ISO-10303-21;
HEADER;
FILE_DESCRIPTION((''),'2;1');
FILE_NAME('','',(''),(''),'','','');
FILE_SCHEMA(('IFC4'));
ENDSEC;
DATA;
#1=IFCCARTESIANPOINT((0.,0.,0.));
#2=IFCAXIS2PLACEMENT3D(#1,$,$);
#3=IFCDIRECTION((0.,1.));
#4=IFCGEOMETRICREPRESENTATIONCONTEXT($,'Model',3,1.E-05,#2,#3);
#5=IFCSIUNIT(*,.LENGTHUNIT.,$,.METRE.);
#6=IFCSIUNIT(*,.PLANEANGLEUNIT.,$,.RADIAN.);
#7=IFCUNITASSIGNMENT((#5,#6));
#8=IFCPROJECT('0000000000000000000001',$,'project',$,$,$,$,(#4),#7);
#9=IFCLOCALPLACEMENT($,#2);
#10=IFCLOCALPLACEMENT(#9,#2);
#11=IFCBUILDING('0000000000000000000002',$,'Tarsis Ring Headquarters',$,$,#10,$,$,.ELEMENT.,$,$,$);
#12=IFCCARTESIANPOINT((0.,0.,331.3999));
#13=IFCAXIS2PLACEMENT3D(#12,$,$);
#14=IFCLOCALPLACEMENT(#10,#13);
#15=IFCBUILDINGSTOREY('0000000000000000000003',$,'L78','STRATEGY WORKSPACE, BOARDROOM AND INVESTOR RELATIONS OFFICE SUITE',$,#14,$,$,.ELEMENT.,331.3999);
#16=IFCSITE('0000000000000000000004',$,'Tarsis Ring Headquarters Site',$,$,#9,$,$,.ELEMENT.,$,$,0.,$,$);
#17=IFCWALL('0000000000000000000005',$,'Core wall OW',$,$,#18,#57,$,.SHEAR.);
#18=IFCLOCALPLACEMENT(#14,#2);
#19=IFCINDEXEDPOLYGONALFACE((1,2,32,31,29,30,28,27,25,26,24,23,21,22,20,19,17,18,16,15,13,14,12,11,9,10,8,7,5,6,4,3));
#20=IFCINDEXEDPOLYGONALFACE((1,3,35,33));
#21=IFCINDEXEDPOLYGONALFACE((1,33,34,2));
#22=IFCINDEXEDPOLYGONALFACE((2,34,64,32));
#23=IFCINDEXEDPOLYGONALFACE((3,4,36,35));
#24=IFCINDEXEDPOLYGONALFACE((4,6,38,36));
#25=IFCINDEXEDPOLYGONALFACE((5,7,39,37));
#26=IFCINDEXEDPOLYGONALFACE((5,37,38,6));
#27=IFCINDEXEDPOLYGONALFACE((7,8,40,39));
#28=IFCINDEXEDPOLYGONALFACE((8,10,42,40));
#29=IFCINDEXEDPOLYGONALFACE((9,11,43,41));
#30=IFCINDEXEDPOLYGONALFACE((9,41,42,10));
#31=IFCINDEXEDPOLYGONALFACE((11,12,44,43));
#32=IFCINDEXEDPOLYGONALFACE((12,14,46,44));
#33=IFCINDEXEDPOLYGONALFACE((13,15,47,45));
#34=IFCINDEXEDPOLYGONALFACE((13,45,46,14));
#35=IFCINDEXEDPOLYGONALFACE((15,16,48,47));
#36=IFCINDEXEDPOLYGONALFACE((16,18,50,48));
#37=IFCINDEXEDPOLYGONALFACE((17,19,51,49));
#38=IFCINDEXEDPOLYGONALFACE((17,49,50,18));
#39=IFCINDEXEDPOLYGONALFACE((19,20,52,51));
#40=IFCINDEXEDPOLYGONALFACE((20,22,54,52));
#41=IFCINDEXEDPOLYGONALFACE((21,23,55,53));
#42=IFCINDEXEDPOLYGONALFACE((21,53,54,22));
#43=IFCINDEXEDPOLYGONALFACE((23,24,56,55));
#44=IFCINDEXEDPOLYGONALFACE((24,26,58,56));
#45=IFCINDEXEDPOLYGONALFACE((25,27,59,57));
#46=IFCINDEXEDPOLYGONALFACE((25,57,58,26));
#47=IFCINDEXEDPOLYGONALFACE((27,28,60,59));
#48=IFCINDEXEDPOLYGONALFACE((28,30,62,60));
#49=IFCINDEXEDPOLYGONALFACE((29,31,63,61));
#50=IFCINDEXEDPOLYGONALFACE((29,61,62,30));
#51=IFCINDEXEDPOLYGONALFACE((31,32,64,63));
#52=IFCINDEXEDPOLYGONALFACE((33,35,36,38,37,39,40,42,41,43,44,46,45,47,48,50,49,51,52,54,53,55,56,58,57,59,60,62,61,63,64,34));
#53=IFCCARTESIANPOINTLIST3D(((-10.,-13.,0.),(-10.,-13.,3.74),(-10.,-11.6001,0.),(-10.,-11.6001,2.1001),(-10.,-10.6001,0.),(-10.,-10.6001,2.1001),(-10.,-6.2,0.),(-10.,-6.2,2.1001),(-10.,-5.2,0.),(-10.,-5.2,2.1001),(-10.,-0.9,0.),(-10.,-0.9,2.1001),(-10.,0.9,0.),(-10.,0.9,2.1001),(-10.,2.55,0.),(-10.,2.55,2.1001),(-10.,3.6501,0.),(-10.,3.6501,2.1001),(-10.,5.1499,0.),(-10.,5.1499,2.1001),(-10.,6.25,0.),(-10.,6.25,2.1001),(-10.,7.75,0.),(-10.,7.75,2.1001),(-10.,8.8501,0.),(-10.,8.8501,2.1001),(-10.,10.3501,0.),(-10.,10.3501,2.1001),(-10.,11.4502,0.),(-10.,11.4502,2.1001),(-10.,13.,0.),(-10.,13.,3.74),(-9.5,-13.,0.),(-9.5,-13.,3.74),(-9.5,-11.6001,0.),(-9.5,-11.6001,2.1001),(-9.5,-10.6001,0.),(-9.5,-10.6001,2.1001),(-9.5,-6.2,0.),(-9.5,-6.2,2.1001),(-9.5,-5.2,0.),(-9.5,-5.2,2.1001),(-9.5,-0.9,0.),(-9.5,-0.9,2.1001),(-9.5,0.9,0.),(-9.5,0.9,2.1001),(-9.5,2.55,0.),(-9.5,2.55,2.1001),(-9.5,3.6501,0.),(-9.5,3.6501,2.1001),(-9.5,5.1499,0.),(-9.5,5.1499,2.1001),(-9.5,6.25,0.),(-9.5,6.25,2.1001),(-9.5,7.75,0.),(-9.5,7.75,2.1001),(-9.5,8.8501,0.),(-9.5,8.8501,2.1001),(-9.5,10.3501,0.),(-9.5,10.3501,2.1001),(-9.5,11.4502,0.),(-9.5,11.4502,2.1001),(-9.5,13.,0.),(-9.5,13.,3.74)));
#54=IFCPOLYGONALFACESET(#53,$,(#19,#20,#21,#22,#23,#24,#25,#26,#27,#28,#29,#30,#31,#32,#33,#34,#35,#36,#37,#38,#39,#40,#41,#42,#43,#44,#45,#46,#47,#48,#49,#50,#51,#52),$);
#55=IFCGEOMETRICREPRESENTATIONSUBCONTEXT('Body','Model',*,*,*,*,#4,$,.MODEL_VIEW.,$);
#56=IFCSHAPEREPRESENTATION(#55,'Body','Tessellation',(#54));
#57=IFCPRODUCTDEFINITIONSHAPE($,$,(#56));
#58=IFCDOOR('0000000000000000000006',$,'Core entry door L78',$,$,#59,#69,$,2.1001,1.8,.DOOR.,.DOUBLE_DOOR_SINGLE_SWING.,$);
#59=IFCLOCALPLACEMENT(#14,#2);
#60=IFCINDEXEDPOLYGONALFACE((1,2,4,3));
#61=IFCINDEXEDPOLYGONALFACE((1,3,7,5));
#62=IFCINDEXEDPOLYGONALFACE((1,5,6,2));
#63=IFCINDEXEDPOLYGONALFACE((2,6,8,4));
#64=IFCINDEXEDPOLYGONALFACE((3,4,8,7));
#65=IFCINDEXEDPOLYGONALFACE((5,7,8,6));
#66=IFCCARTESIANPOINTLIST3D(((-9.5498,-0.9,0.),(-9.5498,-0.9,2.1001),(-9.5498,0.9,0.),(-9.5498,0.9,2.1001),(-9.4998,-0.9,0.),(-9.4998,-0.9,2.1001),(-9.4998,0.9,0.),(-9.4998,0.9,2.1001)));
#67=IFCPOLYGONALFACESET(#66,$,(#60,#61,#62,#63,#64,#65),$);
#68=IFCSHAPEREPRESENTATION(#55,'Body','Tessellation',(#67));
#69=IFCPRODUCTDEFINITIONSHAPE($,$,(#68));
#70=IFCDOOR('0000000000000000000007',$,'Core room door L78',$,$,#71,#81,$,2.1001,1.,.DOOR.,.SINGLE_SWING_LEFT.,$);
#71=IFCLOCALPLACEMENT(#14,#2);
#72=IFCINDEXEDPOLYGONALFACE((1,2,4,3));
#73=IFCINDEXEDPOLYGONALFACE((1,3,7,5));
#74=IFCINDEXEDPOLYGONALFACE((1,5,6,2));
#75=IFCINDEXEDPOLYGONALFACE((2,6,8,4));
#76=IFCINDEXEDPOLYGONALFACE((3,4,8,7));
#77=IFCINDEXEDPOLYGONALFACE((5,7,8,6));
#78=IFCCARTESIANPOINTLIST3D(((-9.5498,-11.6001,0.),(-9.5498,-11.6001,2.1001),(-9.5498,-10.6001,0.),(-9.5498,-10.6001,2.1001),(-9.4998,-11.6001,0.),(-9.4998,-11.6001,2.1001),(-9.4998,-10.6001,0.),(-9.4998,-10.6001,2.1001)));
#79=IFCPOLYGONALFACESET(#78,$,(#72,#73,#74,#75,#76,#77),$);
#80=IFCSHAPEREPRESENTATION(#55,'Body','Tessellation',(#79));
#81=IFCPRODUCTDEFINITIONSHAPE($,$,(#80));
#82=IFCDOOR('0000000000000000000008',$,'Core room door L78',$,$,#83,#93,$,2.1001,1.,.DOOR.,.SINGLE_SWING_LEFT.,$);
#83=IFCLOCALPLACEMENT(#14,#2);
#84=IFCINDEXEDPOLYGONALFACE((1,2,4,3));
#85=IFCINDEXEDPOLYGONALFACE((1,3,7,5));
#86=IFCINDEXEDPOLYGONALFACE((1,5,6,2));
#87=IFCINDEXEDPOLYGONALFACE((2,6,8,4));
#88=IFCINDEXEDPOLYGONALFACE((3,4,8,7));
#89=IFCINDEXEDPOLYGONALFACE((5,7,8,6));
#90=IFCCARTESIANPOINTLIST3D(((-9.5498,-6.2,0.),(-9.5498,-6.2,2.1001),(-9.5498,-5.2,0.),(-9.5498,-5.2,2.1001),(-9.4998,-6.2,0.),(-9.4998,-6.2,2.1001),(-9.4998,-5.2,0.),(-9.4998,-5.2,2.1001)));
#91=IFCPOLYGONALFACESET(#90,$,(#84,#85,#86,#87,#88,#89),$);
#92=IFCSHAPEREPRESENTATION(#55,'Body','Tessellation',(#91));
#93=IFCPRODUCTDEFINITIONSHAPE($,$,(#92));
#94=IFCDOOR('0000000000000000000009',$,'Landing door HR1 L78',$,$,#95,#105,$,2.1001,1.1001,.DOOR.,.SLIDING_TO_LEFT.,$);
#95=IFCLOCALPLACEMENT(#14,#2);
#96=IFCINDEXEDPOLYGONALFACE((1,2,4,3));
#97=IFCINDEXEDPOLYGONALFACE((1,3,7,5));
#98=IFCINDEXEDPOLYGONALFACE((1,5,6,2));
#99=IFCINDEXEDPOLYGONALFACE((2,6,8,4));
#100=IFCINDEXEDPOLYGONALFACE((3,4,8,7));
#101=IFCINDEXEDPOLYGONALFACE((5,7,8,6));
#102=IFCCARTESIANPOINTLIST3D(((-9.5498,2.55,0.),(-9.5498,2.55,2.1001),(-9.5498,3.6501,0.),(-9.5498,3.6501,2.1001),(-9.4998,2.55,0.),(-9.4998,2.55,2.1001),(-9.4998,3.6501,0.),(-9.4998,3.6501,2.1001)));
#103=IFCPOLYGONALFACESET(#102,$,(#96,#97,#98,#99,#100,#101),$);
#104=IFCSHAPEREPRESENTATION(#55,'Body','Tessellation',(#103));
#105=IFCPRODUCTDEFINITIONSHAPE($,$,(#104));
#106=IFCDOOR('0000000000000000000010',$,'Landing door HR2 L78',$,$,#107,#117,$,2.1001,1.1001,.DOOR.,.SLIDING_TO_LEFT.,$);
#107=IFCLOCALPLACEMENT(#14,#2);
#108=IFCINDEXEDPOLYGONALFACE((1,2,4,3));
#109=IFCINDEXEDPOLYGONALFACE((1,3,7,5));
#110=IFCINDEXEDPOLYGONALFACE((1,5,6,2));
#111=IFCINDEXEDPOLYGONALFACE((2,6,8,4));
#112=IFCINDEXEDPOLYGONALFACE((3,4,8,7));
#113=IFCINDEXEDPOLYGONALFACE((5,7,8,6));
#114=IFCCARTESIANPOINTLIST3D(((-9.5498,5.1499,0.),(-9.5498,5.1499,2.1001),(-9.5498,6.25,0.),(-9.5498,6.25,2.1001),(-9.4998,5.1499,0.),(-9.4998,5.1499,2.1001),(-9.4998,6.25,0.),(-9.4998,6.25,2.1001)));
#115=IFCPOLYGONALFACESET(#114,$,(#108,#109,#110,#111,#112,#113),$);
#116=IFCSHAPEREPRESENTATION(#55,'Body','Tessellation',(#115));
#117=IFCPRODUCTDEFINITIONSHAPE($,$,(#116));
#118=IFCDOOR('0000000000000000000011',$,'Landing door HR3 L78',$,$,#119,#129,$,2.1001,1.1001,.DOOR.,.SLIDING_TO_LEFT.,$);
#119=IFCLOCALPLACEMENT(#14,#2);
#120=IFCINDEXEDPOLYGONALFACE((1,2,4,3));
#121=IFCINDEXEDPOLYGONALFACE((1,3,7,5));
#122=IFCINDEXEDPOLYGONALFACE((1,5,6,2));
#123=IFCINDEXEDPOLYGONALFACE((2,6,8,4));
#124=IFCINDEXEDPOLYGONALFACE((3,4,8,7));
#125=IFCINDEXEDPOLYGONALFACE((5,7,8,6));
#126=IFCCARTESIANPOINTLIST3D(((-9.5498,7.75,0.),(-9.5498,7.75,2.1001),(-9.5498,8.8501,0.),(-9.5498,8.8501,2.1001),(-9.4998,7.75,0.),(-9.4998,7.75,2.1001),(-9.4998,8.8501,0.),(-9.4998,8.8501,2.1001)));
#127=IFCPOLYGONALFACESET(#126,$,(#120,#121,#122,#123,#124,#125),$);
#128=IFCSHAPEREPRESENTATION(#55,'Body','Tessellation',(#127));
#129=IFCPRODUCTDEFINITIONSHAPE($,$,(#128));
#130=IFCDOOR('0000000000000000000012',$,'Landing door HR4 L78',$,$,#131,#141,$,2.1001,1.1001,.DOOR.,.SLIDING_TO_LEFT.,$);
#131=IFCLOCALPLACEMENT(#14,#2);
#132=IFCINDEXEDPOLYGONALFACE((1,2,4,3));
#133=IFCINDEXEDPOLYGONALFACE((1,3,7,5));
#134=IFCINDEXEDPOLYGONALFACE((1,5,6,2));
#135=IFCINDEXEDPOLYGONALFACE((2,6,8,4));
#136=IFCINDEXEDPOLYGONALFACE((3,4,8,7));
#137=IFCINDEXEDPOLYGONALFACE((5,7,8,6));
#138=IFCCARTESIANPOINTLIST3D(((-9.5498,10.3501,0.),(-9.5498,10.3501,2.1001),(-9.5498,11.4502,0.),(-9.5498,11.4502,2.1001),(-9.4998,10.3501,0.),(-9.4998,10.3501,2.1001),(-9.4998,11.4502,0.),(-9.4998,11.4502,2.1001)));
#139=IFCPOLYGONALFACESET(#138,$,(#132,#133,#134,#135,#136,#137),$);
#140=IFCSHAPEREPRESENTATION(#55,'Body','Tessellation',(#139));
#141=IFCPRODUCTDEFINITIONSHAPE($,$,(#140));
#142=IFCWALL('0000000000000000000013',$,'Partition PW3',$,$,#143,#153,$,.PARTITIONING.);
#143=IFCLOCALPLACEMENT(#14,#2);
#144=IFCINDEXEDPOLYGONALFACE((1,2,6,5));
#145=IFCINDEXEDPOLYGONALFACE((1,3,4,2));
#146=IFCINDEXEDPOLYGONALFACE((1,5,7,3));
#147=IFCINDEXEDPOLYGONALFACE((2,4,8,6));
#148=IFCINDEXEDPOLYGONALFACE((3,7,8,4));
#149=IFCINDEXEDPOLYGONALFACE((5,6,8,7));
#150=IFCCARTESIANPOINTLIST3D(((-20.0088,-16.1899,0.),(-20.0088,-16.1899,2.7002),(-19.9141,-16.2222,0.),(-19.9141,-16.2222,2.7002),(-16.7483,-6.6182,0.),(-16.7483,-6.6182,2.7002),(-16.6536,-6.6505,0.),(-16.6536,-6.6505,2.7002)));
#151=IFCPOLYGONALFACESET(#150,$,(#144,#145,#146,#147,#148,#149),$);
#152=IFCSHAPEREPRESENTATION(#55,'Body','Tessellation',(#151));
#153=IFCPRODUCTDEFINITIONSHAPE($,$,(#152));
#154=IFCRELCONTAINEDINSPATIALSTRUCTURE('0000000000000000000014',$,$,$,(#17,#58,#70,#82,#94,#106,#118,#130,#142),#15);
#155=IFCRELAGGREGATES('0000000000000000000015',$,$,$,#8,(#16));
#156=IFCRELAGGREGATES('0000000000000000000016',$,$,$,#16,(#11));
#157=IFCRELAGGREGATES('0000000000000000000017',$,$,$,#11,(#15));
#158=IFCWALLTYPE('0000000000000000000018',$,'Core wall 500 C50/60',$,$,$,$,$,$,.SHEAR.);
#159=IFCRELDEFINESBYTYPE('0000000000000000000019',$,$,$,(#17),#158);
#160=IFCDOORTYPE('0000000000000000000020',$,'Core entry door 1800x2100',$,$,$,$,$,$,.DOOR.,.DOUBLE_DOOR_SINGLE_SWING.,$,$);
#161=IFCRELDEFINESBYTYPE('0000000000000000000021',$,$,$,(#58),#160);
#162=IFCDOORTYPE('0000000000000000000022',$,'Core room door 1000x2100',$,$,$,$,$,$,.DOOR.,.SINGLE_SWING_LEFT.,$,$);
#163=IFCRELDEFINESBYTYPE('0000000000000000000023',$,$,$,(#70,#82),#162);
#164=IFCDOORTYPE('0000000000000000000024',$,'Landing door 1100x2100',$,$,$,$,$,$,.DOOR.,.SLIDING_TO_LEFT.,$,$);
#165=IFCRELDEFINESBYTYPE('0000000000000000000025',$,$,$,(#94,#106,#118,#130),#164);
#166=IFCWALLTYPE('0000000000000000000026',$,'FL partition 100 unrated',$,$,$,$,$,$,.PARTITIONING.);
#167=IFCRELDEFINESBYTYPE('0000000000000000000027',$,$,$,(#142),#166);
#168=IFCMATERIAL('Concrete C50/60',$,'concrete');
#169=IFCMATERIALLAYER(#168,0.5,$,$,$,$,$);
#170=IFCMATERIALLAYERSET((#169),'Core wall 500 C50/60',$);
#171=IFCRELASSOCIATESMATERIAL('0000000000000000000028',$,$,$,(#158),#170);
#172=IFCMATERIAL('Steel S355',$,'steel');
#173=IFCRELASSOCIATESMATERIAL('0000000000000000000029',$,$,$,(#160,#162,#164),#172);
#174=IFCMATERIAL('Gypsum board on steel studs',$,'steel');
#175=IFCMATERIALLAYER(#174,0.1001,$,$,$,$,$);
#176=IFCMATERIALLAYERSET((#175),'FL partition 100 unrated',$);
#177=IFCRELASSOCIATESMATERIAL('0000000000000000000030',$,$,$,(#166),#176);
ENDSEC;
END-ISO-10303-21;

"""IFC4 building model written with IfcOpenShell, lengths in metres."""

from ifc_helpers import new_model, si_unit, direction, frame, frame_2d, origin, place, context, subcontext, project, spatial, rectangle, extrude, material, layer, layer_set, type_object, element, fill, save


model = new_model("IFC4")

# Units and contexts
model_context = context("Model", 3, precision=1e-05, world=origin(), true_north=direction((0.0, 1.0)))
body_context = subcontext(model_context, "Body", "Model", "MODEL_VIEW")
ifc_project = project(units=[si_unit("LENGTHUNIT", "METRE"), si_unit("PLANEANGLEUNIT", "RADIAN")], contexts=[model_context])

# Site, building, storey
site_placement = place(None, origin())
site = spatial("IfcSite", under=ifc_project, at=site_placement, Name="Tarsis Ring Headquarters Site", CompositionType="ELEMENT", RefElevation=0.0)
building_placement = place(site_placement, origin())
building = spatial("IfcBuilding", under=site, at=building_placement, Name="Tarsis Ring Headquarters", CompositionType="ELEMENT")
storey_placement = place(building_placement, frame((0.0, 0.0, 331.3999)))
storey = spatial("IfcBuildingStorey", under=building, at=storey_placement, Name="L78", Description="STRATEGY WORKSPACE, BOARDROOM AND INVESTOR RELATIONS OFFICE SUITE", CompositionType="ELEMENT", Elevation=331.3999)

# Wall, openings, doors
ifc_material_1 = material(Name="Concrete C50/60", Category="concrete")
ifc_layer_1 = layer(ifc_material_1, 0.5)
ifc_layer_set_1 = layer_set([ifc_layer_1], Name="Core wall 500 C50/60")
wall_type_1 = type_object("IfcWallType", Name="Core wall 500 C50/60", PredefinedType="SHEAR", material=ifc_layer_set_1)
wall_1_placement = place(storey_placement, frame((-9.75, -13.0, 0.0), z_axis=(0.0, 0.0, 1.0), x_axis=(0.0, 1.0, 0.0)))
wall_1 = element("IfcWall", 1, at=wall_1_placement, inside=storey, type_object=wall_type_1, Name="Core wall OW", PredefinedType="SHEAR", context=body_context, shape_type="SweptSolid", body=[
    extrude(rectangle(XDim=26.0, YDim=0.5, at=frame_2d((13.0, 0.0))), origin(), (0.0, 0.0, 1.0), 3.74),
])
opening_1_placement = place(wall_1_placement, frame((1.3999, 0.0, 0.0)))
opening_1 = element("IfcOpeningElement", 2, at=opening_1_placement, cuts=wall_1, PredefinedType="OPENING", context=body_context, shape_type="SweptSolid", body=[
    extrude(rectangle(XDim=1.0, YDim=2.1001, at=frame_2d((0.5, 1.05))), frame((0.0, 0.26, 0.0), z_axis=(0.0, -1.0, 0.0), x_axis=(1.0, 0.0, 0.0)), (0.0, 0.0, 1.0), 0.52),
])
opening_2_placement = place(wall_1_placement, frame((6.8, 0.0, 0.0)))
opening_2 = element("IfcOpeningElement", 3, at=opening_2_placement, cuts=wall_1, PredefinedType="OPENING", context=body_context, shape_type="SweptSolid", body=[
    extrude(rectangle(XDim=1.0, YDim=2.1001, at=frame_2d((0.5, 1.05))), frame((0.0, 0.26, 0.0), z_axis=(0.0, -1.0, 0.0), x_axis=(1.0, 0.0, 0.0)), (0.0, 0.0, 1.0), 0.52),
])
opening_3_placement = place(wall_1_placement, frame((12.1001, 0.0, 0.0)))
opening_3 = element("IfcOpeningElement", 4, at=opening_3_placement, cuts=wall_1, PredefinedType="OPENING", context=body_context, shape_type="SweptSolid", body=[
    extrude(rectangle(XDim=1.8, YDim=2.1001, at=frame_2d((0.8999, 1.05))), frame((0.0, 0.26, 0.0), z_axis=(0.0, -1.0, 0.0), x_axis=(1.0, 0.0, 0.0)), (0.0, 0.0, 1.0), 0.52),
])
opening_4_placement = place(wall_1_placement, frame((15.55, 0.0, 0.0)))
opening_4 = element("IfcOpeningElement", 5, at=opening_4_placement, cuts=wall_1, PredefinedType="OPENING", context=body_context, shape_type="SweptSolid", body=[
    extrude(rectangle(XDim=1.1001, YDim=2.1001, at=frame_2d((0.55, 1.05))), frame((0.0, 0.26, 0.0), z_axis=(0.0, -1.0, 0.0), x_axis=(1.0, 0.0, 0.0)), (0.0, 0.0, 1.0), 0.52),
])
opening_5_placement = place(wall_1_placement, frame((18.1499, 0.0, 0.0)))
opening_5 = element("IfcOpeningElement", 6, at=opening_5_placement, cuts=wall_1, PredefinedType="OPENING", context=body_context, shape_type="SweptSolid", body=[
    extrude(rectangle(XDim=1.1001, YDim=2.1001, at=frame_2d((0.55, 1.05))), frame((0.0, 0.26, 0.0), z_axis=(0.0, -1.0, 0.0), x_axis=(1.0, 0.0, 0.0)), (0.0, 0.0, 1.0), 0.52),
])
opening_6_placement = place(wall_1_placement, frame((20.75, 0.0, 0.0)))
opening_6 = element("IfcOpeningElement", 7, at=opening_6_placement, cuts=wall_1, PredefinedType="OPENING", context=body_context, shape_type="SweptSolid", body=[
    extrude(rectangle(XDim=1.1001, YDim=2.1001, at=frame_2d((0.55, 1.05))), frame((0.0, 0.26, 0.0), z_axis=(0.0, -1.0, 0.0), x_axis=(1.0, 0.0, 0.0)), (0.0, 0.0, 1.0), 0.52),
])
opening_7_placement = place(wall_1_placement, frame((23.3501, 0.0, 0.0)))
opening_7 = element("IfcOpeningElement", 8, at=opening_7_placement, cuts=wall_1, PredefinedType="OPENING", context=body_context, shape_type="SweptSolid", body=[
    extrude(rectangle(XDim=1.1001, YDim=2.1001, at=frame_2d((0.55, 1.05))), frame((0.0, 0.26, 0.0), z_axis=(0.0, -1.0, 0.0), x_axis=(1.0, 0.0, 0.0)), (0.0, 0.0, 1.0), 0.52),
])
ifc_material_2 = material(Name="Steel S355", Category="steel")
door_type_1 = type_object("IfcDoorType", Name="Core entry door 1800x2100", OperationType="DOUBLE_DOOR_SINGLE_SWING", PredefinedType="DOOR", material=ifc_material_2)
door_1_placement = place(opening_3_placement, origin())
door_1 = element("IfcDoor", 9, at=door_1_placement, inside=storey, type_object=door_type_1, Name="Core entry door L78", OperationType="DOUBLE_DOOR_SINGLE_SWING", OverallHeight=2.1001, OverallWidth=1.8, PredefinedType="DOOR", context=body_context, shape_type="SweptSolid", body=[
    extrude(rectangle(XDim=1.8, YDim=2.1001, at=frame_2d((0.8999, 1.05))), frame((0.0, -0.2002, 0.0), z_axis=(0.0, -1.0, 0.0), x_axis=(1.0, 0.0, 0.0)), (0.0, 0.0, 1.0), 0.05),
])
fill(opening_3, door_1)
door_type_2 = type_object("IfcDoorType", Name="Core room door 1000x2100", OperationType="SINGLE_SWING_LEFT", PredefinedType="DOOR", material=ifc_material_2)
door_2_placement = place(opening_1_placement, origin())
door_2 = element("IfcDoor", 10, at=door_2_placement, inside=storey, type_object=door_type_2, Name="Core room door L78", OperationType="SINGLE_SWING_LEFT", OverallHeight=2.1001, OverallWidth=1.0, PredefinedType="DOOR", context=body_context, shape_type="SweptSolid", body=[
    extrude(rectangle(XDim=1.0, YDim=2.1001, at=frame_2d((0.5, 1.05))), frame((0.0, -0.2002, 0.0), z_axis=(0.0, -1.0, 0.0), x_axis=(1.0, 0.0, 0.0)), (0.0, 0.0, 1.0), 0.05),
])
fill(opening_1, door_2)
door_3_placement = place(opening_2_placement, origin())
door_3 = element("IfcDoor", 11, at=door_3_placement, inside=storey, type_object=door_type_2, Name="Core room door L78", OperationType="SINGLE_SWING_LEFT", OverallHeight=2.1001, OverallWidth=1.0, PredefinedType="DOOR", context=body_context, shape_type="SweptSolid", body=[
    extrude(rectangle(XDim=1.0, YDim=2.1001, at=frame_2d((0.5, 1.05))), frame((0.0, -0.2002, 0.0), z_axis=(0.0, -1.0, 0.0), x_axis=(1.0, 0.0, 0.0)), (0.0, 0.0, 1.0), 0.05),
])
fill(opening_2, door_3)
door_type_3 = type_object("IfcDoorType", Name="Landing door 1100x2100", OperationType="SLIDING_TO_LEFT", PredefinedType="DOOR", material=ifc_material_2)
door_4_placement = place(opening_4_placement, origin())
door_4 = element("IfcDoor", 12, at=door_4_placement, inside=storey, type_object=door_type_3, Name="Landing door HR1 L78", OperationType="SLIDING_TO_LEFT", OverallHeight=2.1001, OverallWidth=1.1001, PredefinedType="DOOR", context=body_context, shape_type="SweptSolid", body=[
    extrude(rectangle(XDim=1.1001, YDim=2.1001, at=frame_2d((0.55, 1.05))), frame((0.0, -0.2002, 0.0), z_axis=(0.0, -1.0, 0.0), x_axis=(1.0, 0.0, 0.0)), (0.0, 0.0, 1.0), 0.05),
])
fill(opening_4, door_4)
door_5_placement = place(opening_5_placement, origin())
door_5 = element("IfcDoor", 13, at=door_5_placement, inside=storey, type_object=door_type_3, Name="Landing door HR2 L78", OperationType="SLIDING_TO_LEFT", OverallHeight=2.1001, OverallWidth=1.1001, PredefinedType="DOOR", context=body_context, shape_type="SweptSolid", body=[
    extrude(rectangle(XDim=1.1001, YDim=2.1001, at=frame_2d((0.55, 1.05))), frame((0.0, -0.2002, 0.0), z_axis=(0.0, -1.0, 0.0), x_axis=(1.0, 0.0, 0.0)), (0.0, 0.0, 1.0), 0.05),
])
fill(opening_5, door_5)
door_6_placement = place(opening_6_placement, origin())
door_6 = element("IfcDoor", 14, at=door_6_placement, inside=storey, type_object=door_type_3, Name="Landing door HR3 L78", OperationType="SLIDING_TO_LEFT", OverallHeight=2.1001, OverallWidth=1.1001, PredefinedType="DOOR", context=body_context, shape_type="SweptSolid", body=[
    extrude(rectangle(XDim=1.1001, YDim=2.1001, at=frame_2d((0.55, 1.05))), frame((0.0, -0.2002, 0.0), z_axis=(0.0, -1.0, 0.0), x_axis=(1.0, 0.0, 0.0)), (0.0, 0.0, 1.0), 0.05),
])
fill(opening_6, door_6)
door_7_placement = place(opening_7_placement, origin())
door_7 = element("IfcDoor", 15, at=door_7_placement, inside=storey, type_object=door_type_3, Name="Landing door HR4 L78", OperationType="SLIDING_TO_LEFT", OverallHeight=2.1001, OverallWidth=1.1001, PredefinedType="DOOR", context=body_context, shape_type="SweptSolid", body=[
    extrude(rectangle(XDim=1.1001, YDim=2.1001, at=frame_2d((0.55, 1.05))), frame((0.0, -0.2002, 0.0), z_axis=(0.0, -1.0, 0.0), x_axis=(1.0, 0.0, 0.0)), (0.0, 0.0, 1.0), 0.05),
])
fill(opening_7, door_7)

# Wall
ifc_material_3 = material(Name="Gypsum board on steel studs", Category="steel")
ifc_layer_2 = layer(ifc_material_3, 0.1001)
ifc_layer_set_2 = layer_set([ifc_layer_2], Name="FL partition 100 unrated")
wall_type_2 = type_object("IfcWallType", Name="FL partition 100 unrated", PredefinedType="PARTITIONING", material=ifc_layer_set_2)
wall_2_placement = place(storey_placement, frame((-19.9614, -16.2061, 0.0), z_axis=(0.0, 0.0, 1.0), x_axis=(0.322443, 0.946589, 0.0)))
element("IfcWall", 16, at=wall_2_placement, inside=storey, type_object=wall_type_2, Name="Partition PW3", PredefinedType="PARTITIONING", context=body_context, shape_type="SweptSolid", body=[
    extrude(rectangle(XDim=10.1118, YDim=0.1001, at=frame_2d((5.0559, 0.0))), origin(), (0.0, 0.0, 1.0), 2.7002),
])

save(model, "model.ifc")
